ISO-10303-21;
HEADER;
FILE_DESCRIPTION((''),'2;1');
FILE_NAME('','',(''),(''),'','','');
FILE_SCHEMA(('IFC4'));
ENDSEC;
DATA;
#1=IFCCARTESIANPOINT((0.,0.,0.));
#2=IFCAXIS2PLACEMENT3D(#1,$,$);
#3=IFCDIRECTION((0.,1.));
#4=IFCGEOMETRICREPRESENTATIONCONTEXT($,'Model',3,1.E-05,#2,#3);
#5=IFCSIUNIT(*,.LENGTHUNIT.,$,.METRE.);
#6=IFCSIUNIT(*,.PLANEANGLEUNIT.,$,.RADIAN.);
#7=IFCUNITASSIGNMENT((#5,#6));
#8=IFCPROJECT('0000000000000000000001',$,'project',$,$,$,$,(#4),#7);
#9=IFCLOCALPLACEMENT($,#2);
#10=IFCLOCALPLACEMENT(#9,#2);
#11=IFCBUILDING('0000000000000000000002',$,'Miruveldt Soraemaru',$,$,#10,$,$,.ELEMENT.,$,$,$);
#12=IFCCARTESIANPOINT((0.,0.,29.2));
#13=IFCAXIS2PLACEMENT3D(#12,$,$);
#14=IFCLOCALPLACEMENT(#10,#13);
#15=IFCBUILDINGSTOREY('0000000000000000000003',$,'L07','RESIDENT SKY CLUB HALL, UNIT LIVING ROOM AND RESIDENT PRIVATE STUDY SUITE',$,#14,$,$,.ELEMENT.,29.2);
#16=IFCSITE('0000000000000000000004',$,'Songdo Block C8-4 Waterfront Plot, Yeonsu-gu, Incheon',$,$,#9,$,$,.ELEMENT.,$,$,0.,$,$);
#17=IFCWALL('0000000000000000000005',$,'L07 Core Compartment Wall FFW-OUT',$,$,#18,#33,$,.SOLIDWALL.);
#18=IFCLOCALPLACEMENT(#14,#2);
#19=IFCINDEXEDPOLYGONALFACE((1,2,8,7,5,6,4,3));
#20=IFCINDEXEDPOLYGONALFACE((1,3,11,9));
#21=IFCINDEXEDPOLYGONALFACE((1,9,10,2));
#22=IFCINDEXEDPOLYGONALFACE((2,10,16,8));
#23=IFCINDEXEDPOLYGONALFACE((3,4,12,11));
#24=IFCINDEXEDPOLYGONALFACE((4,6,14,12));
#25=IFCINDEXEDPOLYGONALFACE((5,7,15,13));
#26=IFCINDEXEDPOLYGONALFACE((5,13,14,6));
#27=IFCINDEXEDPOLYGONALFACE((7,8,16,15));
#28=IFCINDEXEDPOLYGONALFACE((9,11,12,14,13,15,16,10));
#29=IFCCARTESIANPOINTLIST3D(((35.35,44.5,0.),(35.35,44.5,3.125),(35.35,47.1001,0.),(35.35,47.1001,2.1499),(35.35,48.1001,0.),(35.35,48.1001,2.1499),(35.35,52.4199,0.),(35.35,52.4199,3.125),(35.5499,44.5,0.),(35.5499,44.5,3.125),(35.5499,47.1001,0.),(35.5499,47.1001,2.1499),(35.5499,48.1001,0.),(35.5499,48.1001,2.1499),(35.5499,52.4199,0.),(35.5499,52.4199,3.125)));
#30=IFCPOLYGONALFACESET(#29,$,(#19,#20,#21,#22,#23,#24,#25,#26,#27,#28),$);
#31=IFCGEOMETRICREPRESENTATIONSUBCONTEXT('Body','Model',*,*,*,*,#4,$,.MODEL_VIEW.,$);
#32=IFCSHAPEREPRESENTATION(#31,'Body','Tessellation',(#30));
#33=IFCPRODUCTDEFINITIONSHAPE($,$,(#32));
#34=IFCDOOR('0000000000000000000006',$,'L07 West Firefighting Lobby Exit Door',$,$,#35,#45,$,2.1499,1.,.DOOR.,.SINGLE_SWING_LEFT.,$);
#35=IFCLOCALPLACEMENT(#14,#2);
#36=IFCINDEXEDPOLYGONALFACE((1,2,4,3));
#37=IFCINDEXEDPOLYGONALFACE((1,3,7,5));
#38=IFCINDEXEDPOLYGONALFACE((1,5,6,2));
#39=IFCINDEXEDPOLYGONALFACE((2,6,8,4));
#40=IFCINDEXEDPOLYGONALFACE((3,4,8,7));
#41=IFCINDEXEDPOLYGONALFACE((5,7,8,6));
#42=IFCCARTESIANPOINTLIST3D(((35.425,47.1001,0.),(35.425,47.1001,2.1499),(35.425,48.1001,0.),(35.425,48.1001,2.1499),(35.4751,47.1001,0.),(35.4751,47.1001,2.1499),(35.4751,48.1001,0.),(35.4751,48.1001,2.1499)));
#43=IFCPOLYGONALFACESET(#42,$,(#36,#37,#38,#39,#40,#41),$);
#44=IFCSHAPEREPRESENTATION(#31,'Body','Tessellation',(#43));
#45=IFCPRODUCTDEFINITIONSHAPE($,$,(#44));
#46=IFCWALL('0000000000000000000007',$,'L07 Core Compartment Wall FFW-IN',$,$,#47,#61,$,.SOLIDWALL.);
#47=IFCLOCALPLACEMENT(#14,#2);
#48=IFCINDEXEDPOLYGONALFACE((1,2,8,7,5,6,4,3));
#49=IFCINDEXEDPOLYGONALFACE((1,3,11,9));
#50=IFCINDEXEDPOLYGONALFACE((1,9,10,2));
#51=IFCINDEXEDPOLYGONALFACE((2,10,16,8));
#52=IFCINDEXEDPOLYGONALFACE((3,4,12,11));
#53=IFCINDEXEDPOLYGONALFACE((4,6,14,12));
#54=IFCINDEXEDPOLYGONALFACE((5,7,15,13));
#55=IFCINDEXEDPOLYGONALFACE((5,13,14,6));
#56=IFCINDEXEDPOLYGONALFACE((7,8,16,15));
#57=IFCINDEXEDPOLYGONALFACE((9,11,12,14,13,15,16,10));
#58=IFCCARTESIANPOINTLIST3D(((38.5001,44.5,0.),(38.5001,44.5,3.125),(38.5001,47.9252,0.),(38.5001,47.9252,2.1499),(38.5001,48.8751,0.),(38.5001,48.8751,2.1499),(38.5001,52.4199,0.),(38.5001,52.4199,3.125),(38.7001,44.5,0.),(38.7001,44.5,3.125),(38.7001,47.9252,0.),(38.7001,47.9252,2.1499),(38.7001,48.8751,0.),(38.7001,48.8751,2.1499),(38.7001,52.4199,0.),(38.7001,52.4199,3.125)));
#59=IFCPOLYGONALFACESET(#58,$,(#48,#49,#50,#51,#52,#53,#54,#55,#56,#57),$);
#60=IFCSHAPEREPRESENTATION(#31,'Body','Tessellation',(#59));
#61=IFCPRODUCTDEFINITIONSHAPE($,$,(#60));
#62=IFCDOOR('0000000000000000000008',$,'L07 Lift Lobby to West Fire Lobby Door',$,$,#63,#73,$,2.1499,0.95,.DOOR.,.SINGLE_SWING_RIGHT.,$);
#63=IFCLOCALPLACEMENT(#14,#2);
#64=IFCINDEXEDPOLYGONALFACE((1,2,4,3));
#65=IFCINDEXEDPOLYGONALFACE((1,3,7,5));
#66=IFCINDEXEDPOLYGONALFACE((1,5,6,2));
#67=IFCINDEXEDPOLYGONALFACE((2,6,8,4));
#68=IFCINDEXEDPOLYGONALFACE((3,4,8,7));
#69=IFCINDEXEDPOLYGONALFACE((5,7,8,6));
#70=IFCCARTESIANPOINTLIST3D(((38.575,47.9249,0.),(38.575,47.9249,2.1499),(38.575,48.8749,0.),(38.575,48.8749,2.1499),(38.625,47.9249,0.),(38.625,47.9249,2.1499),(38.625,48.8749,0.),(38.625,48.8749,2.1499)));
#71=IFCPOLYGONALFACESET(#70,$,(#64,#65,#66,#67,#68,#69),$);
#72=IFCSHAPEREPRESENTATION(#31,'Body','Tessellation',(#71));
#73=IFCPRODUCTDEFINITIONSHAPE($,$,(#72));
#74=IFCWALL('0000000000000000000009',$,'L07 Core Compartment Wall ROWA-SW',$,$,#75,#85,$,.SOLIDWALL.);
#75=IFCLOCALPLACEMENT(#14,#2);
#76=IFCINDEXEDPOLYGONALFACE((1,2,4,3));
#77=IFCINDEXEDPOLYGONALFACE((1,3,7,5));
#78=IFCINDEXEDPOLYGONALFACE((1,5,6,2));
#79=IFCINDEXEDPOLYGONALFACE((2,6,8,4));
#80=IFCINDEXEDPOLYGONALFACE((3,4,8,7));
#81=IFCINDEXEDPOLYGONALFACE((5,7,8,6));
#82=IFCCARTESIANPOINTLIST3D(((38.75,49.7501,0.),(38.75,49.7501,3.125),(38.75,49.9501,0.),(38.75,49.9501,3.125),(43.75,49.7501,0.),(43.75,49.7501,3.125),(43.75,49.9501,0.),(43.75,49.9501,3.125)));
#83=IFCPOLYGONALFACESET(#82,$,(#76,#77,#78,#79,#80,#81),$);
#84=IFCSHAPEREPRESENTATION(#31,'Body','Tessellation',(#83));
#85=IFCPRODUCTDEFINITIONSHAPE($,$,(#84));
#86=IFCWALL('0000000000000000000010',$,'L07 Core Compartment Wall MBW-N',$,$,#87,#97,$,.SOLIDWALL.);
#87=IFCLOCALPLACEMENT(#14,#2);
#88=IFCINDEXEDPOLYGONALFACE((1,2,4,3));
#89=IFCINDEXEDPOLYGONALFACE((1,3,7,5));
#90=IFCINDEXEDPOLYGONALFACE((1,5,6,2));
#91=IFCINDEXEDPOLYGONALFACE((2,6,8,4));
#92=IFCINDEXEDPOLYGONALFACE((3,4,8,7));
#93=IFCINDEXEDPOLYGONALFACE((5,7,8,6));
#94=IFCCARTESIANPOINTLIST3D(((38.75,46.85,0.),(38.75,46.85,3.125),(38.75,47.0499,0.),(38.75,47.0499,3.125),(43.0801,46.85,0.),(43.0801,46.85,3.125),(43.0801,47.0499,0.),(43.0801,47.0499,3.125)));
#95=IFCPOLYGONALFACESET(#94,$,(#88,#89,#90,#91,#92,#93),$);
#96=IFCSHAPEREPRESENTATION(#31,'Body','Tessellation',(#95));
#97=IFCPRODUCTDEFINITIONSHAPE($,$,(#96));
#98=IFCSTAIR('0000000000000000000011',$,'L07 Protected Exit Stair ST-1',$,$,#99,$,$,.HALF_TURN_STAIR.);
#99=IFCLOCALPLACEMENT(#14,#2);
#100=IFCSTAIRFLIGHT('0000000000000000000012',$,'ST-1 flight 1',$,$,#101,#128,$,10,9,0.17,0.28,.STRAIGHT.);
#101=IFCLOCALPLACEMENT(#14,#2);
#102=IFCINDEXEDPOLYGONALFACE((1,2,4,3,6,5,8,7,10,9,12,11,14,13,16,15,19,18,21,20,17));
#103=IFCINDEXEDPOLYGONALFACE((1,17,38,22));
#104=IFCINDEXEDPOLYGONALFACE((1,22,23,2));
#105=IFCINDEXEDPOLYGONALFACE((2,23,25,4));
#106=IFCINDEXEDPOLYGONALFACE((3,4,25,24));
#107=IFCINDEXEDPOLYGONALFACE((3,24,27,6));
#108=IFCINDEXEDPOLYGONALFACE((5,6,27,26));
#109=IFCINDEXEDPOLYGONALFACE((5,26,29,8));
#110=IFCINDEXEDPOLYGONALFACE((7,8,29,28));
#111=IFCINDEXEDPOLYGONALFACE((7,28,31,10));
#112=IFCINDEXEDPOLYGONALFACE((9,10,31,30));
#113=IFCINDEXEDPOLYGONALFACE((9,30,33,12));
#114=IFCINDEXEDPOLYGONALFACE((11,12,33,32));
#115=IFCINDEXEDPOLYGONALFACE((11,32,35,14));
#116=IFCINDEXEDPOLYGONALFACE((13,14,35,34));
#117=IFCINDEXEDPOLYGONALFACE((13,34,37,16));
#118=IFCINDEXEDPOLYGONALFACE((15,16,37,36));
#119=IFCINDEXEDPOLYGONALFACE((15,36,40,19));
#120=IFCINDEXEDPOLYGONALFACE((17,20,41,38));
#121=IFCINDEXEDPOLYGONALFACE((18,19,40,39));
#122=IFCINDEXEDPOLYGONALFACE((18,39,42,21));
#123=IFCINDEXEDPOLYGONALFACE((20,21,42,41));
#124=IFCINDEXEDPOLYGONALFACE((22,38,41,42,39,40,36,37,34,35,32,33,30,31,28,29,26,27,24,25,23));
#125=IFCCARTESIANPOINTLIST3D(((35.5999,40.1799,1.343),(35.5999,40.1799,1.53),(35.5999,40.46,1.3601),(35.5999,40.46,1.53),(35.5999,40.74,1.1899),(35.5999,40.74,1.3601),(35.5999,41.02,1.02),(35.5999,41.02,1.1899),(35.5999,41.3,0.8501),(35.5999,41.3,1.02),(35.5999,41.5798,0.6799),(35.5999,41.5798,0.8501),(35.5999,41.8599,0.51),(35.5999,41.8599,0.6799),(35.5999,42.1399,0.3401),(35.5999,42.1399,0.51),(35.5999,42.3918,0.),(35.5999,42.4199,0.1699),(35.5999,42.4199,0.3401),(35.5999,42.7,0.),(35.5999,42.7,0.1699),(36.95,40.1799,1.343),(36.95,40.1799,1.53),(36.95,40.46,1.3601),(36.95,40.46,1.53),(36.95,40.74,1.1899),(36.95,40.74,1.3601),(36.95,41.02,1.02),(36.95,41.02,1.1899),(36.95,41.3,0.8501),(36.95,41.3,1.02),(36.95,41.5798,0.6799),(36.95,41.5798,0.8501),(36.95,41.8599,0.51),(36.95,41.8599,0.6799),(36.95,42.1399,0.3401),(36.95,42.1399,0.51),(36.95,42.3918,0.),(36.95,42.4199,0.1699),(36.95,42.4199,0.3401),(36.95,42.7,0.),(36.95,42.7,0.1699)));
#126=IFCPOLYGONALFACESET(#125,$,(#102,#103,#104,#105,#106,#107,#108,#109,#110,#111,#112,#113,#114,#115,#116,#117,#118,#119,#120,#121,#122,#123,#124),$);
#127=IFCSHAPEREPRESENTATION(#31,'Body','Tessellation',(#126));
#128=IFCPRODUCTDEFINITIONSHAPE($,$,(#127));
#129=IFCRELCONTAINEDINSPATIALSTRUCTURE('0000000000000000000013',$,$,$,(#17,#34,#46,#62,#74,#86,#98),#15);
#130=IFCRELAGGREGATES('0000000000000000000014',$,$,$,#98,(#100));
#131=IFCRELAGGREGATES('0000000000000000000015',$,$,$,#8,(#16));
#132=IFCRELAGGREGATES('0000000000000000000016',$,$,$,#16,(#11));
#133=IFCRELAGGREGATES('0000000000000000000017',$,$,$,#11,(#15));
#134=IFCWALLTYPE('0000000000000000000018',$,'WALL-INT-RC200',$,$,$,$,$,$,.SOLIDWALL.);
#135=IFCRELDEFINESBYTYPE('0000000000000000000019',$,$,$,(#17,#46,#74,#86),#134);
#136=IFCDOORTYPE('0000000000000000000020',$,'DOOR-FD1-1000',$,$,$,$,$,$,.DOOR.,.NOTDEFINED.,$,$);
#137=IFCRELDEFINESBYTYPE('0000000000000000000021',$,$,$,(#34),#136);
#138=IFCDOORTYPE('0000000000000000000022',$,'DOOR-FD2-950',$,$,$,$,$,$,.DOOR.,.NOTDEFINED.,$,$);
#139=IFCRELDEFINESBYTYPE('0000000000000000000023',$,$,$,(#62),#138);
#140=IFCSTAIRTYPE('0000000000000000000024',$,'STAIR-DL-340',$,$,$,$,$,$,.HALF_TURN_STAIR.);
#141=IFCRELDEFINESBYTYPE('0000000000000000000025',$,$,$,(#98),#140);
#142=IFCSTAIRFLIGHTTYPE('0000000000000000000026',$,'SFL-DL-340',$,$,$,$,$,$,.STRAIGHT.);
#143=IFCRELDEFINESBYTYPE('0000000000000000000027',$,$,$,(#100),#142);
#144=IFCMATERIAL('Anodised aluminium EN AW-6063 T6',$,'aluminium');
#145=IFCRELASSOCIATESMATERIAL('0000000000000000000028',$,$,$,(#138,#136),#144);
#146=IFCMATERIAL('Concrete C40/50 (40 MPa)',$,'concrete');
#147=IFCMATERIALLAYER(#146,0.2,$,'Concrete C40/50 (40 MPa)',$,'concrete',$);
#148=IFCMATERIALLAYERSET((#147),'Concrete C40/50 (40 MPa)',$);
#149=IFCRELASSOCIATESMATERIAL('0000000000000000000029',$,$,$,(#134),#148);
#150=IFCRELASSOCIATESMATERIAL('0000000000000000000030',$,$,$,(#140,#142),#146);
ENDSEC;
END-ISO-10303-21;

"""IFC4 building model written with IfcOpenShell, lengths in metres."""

from ifc_helpers import new_model, si_unit, direction, frame, frame_2d, origin, place, context, subcontext, project, spatial, polyline, rectangle, outline, extrude, material, layer, layer_set, type_object, element, fill, aggregate, save


model = new_model("IFC4")

# Units and contexts
model_context = context("Model", 3, precision=1e-05, world=origin(), true_north=direction((0.0, 1.0)))
body_context = subcontext(model_context, "Body", "Model", "MODEL_VIEW")
ifc_project = project(units=[si_unit("LENGTHUNIT", "METRE"), si_unit("PLANEANGLEUNIT", "RADIAN")], contexts=[model_context])

# Site, building, storey
site_placement = place(None, origin())
site = spatial("IfcSite", under=ifc_project, at=site_placement, Name="Songdo Block C8-4 Waterfront Plot, Yeonsu-gu, Incheon", CompositionType="ELEMENT", RefElevation=0.0)
building_placement = place(site_placement, origin())
building = spatial("IfcBuilding", under=site, at=building_placement, Name="Miruveldt Soraemaru", CompositionType="ELEMENT")
storey_placement = place(building_placement, frame((0.0, 0.0, 29.2)))
storey = spatial("IfcBuildingStorey", under=building, at=storey_placement, Name="L07", Description="RESIDENT SKY CLUB HALL, UNIT LIVING ROOM AND RESIDENT PRIVATE STUDY SUITE", CompositionType="ELEMENT", Elevation=29.2)

# Shared definitions
ifc_material_1 = material(Name="Anodised aluminium EN AW-6063 T6", Category="aluminium")

# Shared definitions
ifc_material_2 = material(Name="Concrete C40/50 (40 MPa)", Category="concrete")
door_type_1 = type_object("IfcDoorType", Name="DOOR-FD2-950", OperationType="NOTDEFINED", PredefinedType="DOOR", material=ifc_material_1)

# Walls, openings, doors
ifc_layer_1 = layer(ifc_material_2, 0.2, Name="Concrete C40/50 (40 MPa)", Category="concrete")
ifc_layer_set_1 = layer_set([ifc_layer_1], Name="Concrete C40/50 (40 MPa)")
wall_type_1 = type_object("IfcWallType", Name="WALL-INT-RC200", PredefinedType="SOLIDWALL", material=ifc_layer_set_1)
wall_1_placement = place(storey_placement, frame((35.45, 44.5, 0.0), z_axis=(0.0, 0.0, 1.0), x_axis=(0.0, 1.0, 0.0)))
wall_1 = element("IfcWall", 1, at=wall_1_placement, inside=storey, type_object=wall_type_1, Name="L07 Core Compartment Wall FFW-OUT", PredefinedType="SOLIDWALL", context=body_context, shape_type="SweptSolid", body=[
    extrude(rectangle(XDim=7.9199, YDim=0.2, at=frame_2d((3.96, 0.0))), origin(), (0.0, 0.0, 1.0), 3.125),
])
opening_1_placement = place(wall_1_placement, frame((2.6001, 0.0, 0.0)))
opening_1 = element("IfcOpeningElement", 2, at=opening_1_placement, cuts=wall_1, PredefinedType="OPENING", context=body_context, shape_type="SweptSolid", body=[
    extrude(rectangle(XDim=1.0, YDim=2.1499, at=frame_2d((0.5, 1.075))), frame((0.0, 0.1099, 0.0), z_axis=(0.0, -1.0, 0.0), x_axis=(1.0, 0.0, 0.0)), (0.0, 0.0, 1.0), 0.22),
])
door_type_2 = type_object("IfcDoorType", Name="DOOR-FD1-1000", OperationType="NOTDEFINED", PredefinedType="DOOR", material=ifc_material_1)
door_1_placement = place(opening_1_placement, origin())
door_1 = element("IfcDoor", 3, at=door_1_placement, inside=storey, type_object=door_type_2, Name="L07 West Firefighting Lobby Exit Door", OperationType="SINGLE_SWING_LEFT", OverallHeight=2.1499, OverallWidth=1.0, PredefinedType="DOOR", context=body_context, shape_type="SweptSolid", body=[
    extrude(rectangle(XDim=1.0, YDim=2.1499, at=frame_2d((0.5, 1.075))), frame((0.0, 0.0249, 0.0), z_axis=(0.0, -1.0, 0.0), x_axis=(1.0, 0.0, 0.0)), (0.0, 0.0, 1.0), 0.05),
])
fill(opening_1, door_1)
wall_2_placement = place(storey_placement, frame((38.6001, 44.5, 0.0), z_axis=(0.0, 0.0, 1.0), x_axis=(0.0, 1.0, 0.0)))
wall_2 = element("IfcWall", 4, at=wall_2_placement, inside=storey, type_object=wall_type_1, Name="L07 Core Compartment Wall FFW-IN", PredefinedType="SOLIDWALL", context=body_context, shape_type="SweptSolid", body=[
    extrude(rectangle(XDim=7.9199, YDim=0.2, at=frame_2d((3.96, 0.0))), origin(), (0.0, 0.0, 1.0), 3.125),
])
opening_2_placement = place(wall_2_placement, frame((3.425, 0.0, 0.0)))
opening_2 = element("IfcOpeningElement", 5, at=opening_2_placement, cuts=wall_2, PredefinedType="OPENING", context=body_context, shape_type="SweptSolid", body=[
    extrude(rectangle(XDim=0.95, YDim=2.1499, at=frame_2d((0.4751, 1.075))), frame((0.0, 0.1099, 0.0), z_axis=(0.0, -1.0, 0.0), x_axis=(1.0, 0.0, 0.0)), (0.0, 0.0, 1.0), 0.22),
])
door_2_placement = place(opening_2_placement, frame((0.95, 0.0, 0.0), z_axis=(0.0, 0.0, 1.0), x_axis=(-1.0, 0.0, 0.0)))
door_2 = element("IfcDoor", 6, at=door_2_placement, inside=storey, type_object=door_type_1, Name="L07 Lift Lobby to West Fire Lobby Door", OperationType="SINGLE_SWING_RIGHT", OverallHeight=2.1499, OverallWidth=0.95, PredefinedType="DOOR", context=body_context, shape_type="SweptSolid", body=[
    extrude(rectangle(XDim=0.95, YDim=2.1499, at=frame_2d((0.4751, 1.075))), frame((0.0, 0.0249, 0.0), z_axis=(0.0, -1.0, 0.0), x_axis=(1.0, 0.0, 0.0)), (0.0, 0.0, 1.0), 0.05),
])
fill(opening_2, door_2)

# Walls
wall_3_placement = place(storey_placement, frame((38.75, 49.8501, 0.0), z_axis=(0.0, 0.0, 1.0), x_axis=(1.0, 0.0, 0.0)))
element("IfcWall", 7, at=wall_3_placement, inside=storey, type_object=wall_type_1, Name="L07 Core Compartment Wall ROWA-SW", PredefinedType="SOLIDWALL", context=body_context, shape_type="SweptSolid", body=[
    extrude(rectangle(XDim=5.0, YDim=0.2, at=frame_2d((2.5, 0.0))), origin(), (0.0, 0.0, 1.0), 3.125),
])
wall_4_placement = place(storey_placement, frame((38.75, 46.95, 0.0), z_axis=(0.0, 0.0, 1.0), x_axis=(1.0, 0.0, 0.0)))
element("IfcWall", 8, at=wall_4_placement, inside=storey, type_object=wall_type_1, Name="L07 Core Compartment Wall MBW-N", PredefinedType="SOLIDWALL", context=body_context, shape_type="SweptSolid", body=[
    extrude(rectangle(XDim=4.3301, YDim=0.2, at=frame_2d((2.165, 0.0))), origin(), (0.0, 0.0, 1.0), 3.125),
])

# Stair, stair flight
stair_type = type_object("IfcStairType", Name="STAIR-DL-340", PredefinedType="HALF_TURN_STAIR", material=ifc_material_2)
stair_placement = place(storey_placement, origin())
stair = element("IfcStair", 9, at=stair_placement, inside=storey, type_object=stair_type, Name="L07 Protected Exit Stair ST-1", PredefinedType="HALF_TURN_STAIR")
stair_flight_type = type_object("IfcStairFlightType", Name="SFL-DL-340", PredefinedType="STRAIGHT", material=ifc_material_2)
stair_flight_placement = place(storey_placement, frame((36.2749, 42.7, 0.0), z_axis=(0.0, 0.0, 1.0), x_axis=(0.0, -1.0, 0.0)))
stair_flight = element("IfcStairFlight", 10, at=stair_flight_placement, type_object=stair_flight_type, Name="ST-1 flight 1", NumberOfRisers=10, NumberOfTreads=9, PredefinedType="STRAIGHT", RiserHeight=0.17, TreadLength=0.28, context=body_context, shape_type="SweptSolid", body=[
    extrude(outline(polyline([(0.0, 0.0), (0.0, 0.1699), (0.28, 0.1699), (0.28, 0.3401), (0.5601, 0.3401), (0.5601, 0.51), (0.8401, 0.51), (0.8401, 0.6799), (1.1201, 0.6799), (1.1201, 0.8501), (1.3999, 0.8501), (1.3999, 1.02), (1.6799, 1.02), (1.6799, 1.1899), (1.96, 1.1899), (1.96, 1.3601), (2.24, 1.3601), (2.24, 1.53), (2.52, 1.53), (2.52, 1.7), (2.52, 1.343), (0.3081, 0.0), (0.0, 0.0)])), frame((0.0, 0.675, 0.0), z_axis=(0.0, -1.0, 0.0), x_axis=(1.0, 0.0, 0.0)), (0.0, 0.0, 1.0), 1.3501),
])
aggregate(stair, [stair_flight])

save(model, "model.ifc")
